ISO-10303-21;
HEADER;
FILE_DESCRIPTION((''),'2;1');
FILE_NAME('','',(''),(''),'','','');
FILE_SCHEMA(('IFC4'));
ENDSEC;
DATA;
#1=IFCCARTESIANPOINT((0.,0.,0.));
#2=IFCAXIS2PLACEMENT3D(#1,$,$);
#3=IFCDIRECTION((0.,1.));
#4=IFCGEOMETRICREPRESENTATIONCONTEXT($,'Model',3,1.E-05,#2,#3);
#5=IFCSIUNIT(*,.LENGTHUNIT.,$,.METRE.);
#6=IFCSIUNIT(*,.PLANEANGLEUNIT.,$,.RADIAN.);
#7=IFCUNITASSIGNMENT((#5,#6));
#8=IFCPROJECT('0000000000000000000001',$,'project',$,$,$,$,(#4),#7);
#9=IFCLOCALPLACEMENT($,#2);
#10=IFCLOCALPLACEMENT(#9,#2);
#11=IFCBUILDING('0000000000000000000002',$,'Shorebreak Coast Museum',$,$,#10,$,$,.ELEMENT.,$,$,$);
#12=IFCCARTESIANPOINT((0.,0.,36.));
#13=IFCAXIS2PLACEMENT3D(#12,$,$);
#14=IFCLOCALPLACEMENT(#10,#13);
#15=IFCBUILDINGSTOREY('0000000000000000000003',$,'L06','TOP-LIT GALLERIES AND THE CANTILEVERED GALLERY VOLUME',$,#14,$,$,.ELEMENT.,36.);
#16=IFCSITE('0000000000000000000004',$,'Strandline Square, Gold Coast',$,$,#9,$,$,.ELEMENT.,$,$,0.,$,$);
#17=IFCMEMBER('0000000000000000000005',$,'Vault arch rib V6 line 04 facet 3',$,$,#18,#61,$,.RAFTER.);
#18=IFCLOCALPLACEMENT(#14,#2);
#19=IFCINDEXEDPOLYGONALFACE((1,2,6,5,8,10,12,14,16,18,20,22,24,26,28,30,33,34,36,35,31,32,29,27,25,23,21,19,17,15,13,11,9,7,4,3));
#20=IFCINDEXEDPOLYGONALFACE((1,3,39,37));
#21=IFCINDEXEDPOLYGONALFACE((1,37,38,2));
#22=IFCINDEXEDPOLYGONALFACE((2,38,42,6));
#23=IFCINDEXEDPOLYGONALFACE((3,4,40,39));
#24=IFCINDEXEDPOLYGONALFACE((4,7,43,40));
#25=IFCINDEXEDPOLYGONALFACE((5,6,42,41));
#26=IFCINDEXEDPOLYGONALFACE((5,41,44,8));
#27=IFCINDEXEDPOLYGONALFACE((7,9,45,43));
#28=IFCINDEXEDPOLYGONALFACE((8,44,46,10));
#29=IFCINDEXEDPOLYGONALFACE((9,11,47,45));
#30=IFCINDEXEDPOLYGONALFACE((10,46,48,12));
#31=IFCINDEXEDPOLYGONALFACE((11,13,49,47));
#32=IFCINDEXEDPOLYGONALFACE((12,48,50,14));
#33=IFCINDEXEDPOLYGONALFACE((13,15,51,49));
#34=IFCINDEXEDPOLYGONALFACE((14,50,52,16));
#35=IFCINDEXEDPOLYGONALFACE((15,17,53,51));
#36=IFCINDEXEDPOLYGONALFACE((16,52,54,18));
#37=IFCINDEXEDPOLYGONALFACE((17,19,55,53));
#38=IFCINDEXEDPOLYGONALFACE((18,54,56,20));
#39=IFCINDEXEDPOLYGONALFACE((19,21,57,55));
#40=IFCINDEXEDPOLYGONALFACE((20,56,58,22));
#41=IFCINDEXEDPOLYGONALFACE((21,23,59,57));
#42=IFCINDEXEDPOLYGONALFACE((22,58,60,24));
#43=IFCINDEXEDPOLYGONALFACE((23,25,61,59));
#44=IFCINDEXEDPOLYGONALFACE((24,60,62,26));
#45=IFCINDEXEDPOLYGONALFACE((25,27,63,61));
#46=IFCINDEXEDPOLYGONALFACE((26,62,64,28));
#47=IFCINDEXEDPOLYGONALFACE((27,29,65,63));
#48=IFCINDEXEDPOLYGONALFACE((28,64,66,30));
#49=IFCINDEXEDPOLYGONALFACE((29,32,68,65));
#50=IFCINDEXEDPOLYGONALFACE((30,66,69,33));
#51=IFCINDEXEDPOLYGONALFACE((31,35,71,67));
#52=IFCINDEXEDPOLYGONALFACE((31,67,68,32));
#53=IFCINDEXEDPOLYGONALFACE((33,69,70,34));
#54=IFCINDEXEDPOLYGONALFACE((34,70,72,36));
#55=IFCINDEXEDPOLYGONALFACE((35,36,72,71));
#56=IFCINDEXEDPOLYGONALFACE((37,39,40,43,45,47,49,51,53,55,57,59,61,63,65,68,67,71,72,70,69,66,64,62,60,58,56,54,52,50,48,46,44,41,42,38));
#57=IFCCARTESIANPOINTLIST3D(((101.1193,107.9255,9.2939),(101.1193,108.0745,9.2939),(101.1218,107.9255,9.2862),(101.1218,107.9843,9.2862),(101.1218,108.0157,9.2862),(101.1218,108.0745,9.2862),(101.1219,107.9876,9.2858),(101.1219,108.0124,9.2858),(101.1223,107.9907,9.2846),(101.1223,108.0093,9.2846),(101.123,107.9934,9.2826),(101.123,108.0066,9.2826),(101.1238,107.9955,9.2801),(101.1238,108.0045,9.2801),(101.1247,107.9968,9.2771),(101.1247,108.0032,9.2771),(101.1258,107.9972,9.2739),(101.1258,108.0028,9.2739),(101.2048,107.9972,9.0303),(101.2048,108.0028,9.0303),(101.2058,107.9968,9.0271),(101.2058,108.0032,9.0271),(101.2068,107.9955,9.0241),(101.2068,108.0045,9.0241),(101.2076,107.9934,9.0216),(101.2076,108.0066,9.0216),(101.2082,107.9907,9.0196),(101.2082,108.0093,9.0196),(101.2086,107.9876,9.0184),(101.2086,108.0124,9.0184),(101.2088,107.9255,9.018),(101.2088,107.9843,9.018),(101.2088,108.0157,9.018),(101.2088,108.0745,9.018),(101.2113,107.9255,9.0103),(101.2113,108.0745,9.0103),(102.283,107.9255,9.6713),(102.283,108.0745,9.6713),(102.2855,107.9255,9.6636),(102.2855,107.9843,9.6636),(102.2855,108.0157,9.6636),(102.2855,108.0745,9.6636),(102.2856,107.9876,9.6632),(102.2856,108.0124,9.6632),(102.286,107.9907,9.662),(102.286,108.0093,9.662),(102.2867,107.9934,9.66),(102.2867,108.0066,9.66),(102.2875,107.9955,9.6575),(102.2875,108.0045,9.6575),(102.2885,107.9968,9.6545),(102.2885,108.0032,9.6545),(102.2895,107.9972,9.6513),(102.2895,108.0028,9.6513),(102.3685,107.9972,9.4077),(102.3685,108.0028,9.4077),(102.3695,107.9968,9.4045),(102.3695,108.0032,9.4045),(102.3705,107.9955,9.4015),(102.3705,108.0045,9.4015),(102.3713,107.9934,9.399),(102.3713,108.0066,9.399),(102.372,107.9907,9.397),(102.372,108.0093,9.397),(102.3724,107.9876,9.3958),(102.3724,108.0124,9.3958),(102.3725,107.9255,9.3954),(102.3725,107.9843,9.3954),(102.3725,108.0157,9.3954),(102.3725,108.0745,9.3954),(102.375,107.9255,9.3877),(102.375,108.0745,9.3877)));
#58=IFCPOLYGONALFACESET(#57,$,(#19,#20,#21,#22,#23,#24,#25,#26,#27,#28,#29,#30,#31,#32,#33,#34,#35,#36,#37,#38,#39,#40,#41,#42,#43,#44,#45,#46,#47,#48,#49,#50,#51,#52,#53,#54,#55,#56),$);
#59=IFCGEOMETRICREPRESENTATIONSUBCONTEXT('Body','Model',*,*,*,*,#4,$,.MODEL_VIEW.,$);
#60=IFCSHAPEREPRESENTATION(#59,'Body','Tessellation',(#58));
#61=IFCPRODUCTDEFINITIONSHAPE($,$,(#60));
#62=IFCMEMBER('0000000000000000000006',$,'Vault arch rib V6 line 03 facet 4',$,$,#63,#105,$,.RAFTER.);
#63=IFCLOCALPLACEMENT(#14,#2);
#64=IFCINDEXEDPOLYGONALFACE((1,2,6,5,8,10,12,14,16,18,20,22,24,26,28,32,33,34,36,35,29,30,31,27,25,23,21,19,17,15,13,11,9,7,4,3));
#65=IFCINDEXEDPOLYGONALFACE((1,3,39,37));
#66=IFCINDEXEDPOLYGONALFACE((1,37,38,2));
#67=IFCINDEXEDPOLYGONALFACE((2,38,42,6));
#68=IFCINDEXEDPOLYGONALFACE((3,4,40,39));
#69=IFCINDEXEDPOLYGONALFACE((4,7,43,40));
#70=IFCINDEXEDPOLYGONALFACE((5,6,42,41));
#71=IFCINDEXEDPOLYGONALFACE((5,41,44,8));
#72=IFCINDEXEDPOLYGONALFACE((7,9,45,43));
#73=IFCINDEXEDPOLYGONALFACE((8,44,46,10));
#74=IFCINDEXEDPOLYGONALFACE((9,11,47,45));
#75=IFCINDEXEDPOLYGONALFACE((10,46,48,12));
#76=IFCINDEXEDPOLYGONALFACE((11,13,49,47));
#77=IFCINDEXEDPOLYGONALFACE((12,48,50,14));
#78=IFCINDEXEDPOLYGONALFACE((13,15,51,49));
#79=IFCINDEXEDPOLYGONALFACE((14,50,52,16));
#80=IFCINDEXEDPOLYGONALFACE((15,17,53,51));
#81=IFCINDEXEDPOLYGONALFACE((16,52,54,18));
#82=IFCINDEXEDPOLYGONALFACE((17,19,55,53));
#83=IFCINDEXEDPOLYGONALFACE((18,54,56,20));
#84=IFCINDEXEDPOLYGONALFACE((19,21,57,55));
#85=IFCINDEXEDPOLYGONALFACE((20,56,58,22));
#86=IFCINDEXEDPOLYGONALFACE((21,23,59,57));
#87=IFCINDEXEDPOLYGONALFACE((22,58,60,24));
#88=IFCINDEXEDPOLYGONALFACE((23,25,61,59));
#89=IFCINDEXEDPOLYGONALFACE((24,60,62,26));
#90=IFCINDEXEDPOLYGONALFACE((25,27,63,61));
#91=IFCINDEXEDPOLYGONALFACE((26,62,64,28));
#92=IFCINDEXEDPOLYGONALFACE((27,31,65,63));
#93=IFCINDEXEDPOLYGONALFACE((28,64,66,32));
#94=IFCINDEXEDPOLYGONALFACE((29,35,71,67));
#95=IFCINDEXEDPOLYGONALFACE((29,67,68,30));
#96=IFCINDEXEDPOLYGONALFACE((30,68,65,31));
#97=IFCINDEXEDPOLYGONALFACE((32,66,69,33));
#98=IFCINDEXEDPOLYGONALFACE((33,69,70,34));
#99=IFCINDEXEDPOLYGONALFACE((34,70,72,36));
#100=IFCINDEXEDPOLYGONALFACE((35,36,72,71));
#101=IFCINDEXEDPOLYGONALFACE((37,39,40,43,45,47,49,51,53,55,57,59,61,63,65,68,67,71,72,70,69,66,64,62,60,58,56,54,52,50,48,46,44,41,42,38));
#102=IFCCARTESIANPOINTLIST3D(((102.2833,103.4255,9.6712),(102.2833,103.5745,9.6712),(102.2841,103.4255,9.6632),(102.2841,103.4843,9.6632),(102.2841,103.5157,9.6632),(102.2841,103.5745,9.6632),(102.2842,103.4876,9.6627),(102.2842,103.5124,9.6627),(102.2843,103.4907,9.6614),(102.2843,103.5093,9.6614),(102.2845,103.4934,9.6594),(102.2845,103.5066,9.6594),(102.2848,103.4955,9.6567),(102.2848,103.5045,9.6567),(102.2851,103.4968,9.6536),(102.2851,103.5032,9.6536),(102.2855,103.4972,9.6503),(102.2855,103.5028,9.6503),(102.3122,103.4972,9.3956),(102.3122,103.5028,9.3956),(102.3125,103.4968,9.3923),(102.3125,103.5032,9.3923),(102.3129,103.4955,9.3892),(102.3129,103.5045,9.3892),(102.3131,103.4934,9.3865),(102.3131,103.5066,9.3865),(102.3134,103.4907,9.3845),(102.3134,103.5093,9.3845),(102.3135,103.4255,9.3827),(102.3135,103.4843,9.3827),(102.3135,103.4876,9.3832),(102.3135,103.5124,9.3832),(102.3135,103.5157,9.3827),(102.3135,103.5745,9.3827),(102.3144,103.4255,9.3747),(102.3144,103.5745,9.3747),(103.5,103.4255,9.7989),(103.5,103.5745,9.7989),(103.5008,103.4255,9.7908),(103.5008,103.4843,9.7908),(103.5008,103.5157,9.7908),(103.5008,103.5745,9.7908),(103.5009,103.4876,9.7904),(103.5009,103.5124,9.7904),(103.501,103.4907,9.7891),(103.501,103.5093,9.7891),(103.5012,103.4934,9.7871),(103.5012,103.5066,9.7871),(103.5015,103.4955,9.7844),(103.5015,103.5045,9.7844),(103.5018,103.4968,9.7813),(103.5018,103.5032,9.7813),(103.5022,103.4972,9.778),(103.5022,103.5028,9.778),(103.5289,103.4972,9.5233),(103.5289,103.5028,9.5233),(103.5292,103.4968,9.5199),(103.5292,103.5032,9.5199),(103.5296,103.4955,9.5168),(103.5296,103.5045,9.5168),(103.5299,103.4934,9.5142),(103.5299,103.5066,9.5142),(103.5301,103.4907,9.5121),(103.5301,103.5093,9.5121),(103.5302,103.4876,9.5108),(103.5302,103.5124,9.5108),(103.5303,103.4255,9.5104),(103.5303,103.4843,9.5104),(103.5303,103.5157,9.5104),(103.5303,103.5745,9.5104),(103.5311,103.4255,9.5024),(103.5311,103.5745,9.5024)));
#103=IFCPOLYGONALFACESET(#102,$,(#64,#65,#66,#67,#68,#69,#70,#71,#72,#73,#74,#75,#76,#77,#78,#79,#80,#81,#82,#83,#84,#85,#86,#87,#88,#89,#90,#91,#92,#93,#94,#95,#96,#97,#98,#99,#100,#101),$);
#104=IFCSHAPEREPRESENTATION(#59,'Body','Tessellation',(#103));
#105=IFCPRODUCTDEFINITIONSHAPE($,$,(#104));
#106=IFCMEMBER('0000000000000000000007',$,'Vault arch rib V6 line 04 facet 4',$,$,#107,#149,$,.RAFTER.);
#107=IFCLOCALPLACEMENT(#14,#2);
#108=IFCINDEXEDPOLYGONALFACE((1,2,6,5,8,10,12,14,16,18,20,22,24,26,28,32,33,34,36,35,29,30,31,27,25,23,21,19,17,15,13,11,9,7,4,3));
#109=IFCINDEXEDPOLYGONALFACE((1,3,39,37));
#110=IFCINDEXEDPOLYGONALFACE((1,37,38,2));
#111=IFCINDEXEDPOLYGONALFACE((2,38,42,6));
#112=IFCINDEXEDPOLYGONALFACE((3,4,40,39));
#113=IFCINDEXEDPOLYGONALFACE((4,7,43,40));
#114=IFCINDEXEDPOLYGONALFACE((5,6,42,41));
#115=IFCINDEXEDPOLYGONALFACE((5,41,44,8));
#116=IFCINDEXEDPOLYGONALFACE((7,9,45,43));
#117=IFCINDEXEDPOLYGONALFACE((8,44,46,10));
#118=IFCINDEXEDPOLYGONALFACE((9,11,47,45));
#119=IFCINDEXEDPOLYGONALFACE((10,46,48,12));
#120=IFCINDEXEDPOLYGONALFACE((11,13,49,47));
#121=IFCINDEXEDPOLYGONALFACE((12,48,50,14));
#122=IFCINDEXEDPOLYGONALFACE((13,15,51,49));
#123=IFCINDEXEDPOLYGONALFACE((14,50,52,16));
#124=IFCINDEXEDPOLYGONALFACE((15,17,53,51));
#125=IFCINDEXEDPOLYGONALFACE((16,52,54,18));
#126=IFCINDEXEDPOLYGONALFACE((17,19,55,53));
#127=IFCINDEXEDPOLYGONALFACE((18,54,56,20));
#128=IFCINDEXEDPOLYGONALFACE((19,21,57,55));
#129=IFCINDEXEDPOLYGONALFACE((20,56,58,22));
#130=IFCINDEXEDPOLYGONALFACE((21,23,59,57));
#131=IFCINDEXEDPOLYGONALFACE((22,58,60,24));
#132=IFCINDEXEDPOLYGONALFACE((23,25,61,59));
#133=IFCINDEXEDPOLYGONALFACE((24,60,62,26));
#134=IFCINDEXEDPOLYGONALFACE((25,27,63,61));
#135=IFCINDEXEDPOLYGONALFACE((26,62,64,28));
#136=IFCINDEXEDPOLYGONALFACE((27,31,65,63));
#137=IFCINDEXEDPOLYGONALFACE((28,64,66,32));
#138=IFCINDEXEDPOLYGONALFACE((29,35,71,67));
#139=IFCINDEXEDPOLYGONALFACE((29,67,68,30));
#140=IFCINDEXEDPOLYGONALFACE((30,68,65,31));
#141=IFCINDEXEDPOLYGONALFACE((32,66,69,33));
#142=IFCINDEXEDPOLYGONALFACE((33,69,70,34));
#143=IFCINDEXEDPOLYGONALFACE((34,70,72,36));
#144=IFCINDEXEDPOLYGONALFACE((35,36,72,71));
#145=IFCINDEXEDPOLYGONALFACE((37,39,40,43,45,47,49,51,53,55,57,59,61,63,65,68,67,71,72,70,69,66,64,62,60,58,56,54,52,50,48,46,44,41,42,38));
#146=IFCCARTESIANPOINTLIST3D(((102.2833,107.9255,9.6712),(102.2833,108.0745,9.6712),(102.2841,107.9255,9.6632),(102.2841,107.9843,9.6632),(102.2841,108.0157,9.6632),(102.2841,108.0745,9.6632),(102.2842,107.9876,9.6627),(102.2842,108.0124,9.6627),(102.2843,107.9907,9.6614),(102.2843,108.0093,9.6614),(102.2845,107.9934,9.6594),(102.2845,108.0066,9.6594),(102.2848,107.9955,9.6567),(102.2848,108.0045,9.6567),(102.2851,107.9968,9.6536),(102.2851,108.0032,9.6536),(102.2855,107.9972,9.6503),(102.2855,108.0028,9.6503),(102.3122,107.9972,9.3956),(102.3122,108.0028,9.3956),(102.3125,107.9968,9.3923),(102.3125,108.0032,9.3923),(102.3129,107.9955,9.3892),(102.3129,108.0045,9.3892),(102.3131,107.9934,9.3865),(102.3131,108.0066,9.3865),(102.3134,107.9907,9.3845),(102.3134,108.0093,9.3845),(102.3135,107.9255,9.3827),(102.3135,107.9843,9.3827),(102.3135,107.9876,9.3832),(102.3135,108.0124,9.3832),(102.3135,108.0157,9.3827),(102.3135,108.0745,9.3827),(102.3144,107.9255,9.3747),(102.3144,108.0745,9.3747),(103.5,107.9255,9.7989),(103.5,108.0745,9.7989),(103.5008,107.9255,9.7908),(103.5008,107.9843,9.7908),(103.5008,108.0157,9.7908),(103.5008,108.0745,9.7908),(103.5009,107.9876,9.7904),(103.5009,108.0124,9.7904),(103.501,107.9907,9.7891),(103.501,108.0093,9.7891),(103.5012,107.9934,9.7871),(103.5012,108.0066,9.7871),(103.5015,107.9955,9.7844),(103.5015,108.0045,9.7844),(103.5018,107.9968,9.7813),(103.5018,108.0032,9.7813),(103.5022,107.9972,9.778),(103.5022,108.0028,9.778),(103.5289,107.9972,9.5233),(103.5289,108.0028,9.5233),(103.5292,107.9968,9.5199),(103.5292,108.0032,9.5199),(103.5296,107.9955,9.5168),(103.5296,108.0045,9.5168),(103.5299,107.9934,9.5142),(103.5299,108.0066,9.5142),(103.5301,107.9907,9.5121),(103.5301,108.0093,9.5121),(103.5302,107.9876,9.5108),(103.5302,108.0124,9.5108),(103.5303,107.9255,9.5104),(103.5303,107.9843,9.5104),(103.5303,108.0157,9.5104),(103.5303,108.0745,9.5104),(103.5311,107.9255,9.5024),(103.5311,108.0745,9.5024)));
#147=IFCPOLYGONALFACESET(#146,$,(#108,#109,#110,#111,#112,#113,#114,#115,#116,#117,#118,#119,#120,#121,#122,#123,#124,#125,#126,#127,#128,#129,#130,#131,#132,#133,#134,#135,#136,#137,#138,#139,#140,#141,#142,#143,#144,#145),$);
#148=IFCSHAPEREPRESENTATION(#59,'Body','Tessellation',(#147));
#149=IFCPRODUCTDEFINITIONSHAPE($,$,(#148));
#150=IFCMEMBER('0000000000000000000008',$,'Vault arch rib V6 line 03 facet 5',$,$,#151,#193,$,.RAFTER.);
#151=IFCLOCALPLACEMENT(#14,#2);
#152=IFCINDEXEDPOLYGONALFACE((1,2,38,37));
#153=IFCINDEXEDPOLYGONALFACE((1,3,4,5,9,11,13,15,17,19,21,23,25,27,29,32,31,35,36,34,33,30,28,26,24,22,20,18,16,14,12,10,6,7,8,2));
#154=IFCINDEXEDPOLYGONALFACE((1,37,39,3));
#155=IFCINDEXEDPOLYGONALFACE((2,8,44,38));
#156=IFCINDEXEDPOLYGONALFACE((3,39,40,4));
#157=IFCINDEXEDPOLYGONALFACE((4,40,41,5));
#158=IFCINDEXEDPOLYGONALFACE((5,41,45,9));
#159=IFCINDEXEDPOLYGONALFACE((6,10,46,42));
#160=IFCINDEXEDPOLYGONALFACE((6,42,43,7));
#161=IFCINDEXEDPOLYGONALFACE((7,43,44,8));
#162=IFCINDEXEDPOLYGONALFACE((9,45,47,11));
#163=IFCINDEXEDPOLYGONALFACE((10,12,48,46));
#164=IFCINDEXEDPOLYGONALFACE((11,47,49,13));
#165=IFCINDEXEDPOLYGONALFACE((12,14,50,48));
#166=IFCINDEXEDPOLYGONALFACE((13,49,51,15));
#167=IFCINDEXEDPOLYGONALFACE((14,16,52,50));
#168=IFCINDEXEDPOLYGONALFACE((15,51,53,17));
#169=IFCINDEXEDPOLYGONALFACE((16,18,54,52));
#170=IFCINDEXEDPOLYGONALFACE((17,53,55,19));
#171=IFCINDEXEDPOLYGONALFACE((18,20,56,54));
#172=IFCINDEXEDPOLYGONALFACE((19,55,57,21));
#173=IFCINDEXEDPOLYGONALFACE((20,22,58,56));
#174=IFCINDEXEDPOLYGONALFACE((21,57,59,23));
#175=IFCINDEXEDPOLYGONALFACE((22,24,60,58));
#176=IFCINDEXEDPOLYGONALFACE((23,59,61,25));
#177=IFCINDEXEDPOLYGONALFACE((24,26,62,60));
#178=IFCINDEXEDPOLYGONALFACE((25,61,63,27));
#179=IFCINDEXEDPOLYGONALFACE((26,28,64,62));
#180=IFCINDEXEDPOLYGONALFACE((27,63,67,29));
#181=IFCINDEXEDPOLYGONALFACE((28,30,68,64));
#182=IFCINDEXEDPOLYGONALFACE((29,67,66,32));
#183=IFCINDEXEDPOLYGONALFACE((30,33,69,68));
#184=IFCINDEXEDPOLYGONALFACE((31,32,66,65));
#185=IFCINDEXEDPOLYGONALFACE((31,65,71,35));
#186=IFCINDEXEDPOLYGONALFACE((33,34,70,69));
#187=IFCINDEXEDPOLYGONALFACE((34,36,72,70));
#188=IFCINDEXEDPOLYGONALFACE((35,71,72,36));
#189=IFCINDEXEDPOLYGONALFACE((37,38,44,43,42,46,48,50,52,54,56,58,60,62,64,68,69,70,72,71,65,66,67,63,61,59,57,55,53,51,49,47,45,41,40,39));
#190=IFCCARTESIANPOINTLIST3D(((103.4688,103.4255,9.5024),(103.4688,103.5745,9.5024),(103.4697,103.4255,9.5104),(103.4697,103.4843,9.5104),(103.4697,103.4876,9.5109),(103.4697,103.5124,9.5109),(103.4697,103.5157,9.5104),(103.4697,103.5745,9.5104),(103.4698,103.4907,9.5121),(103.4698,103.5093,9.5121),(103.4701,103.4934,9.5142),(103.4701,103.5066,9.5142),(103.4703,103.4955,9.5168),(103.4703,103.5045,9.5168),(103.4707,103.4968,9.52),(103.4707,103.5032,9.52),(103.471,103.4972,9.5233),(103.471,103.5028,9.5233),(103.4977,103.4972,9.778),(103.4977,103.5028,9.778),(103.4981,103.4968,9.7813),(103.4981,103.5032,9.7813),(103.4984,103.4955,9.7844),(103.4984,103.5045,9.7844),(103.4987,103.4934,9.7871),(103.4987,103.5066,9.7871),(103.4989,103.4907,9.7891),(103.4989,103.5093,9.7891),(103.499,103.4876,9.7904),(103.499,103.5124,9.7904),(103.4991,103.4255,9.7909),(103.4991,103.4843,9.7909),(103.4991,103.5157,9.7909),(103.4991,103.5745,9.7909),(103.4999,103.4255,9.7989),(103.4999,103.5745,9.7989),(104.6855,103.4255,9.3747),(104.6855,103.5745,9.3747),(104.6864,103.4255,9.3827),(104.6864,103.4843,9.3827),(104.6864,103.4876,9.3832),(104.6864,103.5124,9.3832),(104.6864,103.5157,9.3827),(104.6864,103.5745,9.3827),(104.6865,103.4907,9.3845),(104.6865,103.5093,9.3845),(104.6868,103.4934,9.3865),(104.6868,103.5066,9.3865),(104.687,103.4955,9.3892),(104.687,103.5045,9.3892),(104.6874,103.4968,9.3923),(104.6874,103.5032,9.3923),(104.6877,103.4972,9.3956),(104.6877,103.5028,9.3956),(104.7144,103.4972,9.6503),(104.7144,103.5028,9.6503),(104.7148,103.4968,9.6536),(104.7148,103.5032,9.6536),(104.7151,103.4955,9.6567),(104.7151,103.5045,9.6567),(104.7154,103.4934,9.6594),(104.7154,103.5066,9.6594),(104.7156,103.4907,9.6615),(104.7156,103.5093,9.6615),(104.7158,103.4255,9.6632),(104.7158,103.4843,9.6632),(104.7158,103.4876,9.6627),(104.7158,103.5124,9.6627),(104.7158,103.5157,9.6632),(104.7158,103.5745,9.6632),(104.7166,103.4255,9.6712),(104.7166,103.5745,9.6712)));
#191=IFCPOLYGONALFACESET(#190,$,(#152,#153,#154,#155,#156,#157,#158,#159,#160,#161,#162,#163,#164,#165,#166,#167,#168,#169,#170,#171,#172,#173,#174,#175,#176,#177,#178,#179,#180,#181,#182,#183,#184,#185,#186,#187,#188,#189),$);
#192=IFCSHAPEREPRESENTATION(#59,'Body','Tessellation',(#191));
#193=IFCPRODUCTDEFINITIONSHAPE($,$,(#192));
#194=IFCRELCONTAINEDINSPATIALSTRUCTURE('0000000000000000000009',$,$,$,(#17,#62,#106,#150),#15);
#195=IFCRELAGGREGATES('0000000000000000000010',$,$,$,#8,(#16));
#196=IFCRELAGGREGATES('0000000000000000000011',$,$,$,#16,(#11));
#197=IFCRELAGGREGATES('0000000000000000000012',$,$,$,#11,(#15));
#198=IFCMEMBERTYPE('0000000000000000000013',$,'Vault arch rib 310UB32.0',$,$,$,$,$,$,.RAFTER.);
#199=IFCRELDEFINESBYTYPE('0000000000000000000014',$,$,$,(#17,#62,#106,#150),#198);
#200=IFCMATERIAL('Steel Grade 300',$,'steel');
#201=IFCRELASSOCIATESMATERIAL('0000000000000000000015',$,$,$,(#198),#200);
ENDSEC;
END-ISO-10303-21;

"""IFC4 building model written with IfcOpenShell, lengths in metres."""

from ifc_helpers import new_model, si_unit, direction, frame, origin, origin_2d, place, context, subcontext, project, spatial, i_section, extrude, material, material_profile, profile_set, type_object, element, save


model = new_model("IFC4")

# Units and contexts
model_context = context("Model", 3, precision=1e-05, world=origin(), true_north=direction((0.0, 1.0)))
body_context = subcontext(model_context, "Body", "Model", "MODEL_VIEW")
ifc_project = project(units=[si_unit("LENGTHUNIT", "METRE"), si_unit("PLANEANGLEUNIT", "RADIAN")], contexts=[model_context])

# Site, building, storey
site_placement = place(None, origin())
site = spatial("IfcSite", under=ifc_project, at=site_placement, Name="Strandline Square, Gold Coast", CompositionType="ELEMENT", RefElevation=0.0)
building_placement = place(site_placement, origin())
building = spatial("IfcBuilding", under=site, at=building_placement, Name="Shorebreak Coast Museum", CompositionType="ELEMENT")
storey_placement = place(building_placement, frame((0.0, 0.0, 36.0)))
storey = spatial("IfcBuildingStorey", under=building, at=storey_placement, Name="L06", Description="TOP-LIT GALLERIES AND THE CANTILEVERED GALLERY VOLUME", CompositionType="ELEMENT", Elevation=36.0)

# Members
ifc_material_1 = material(Name="Steel Grade 300", Category="steel")
ifc_material_profile_1 = material_profile(ifc_material_1, i_section(OverallWidth=0.1489, OverallDepth=0.2981, WebThickness=0.0056, FlangeThickness=0.0081, FilletRadius=0.0129, at=origin_2d()), Name="310UB32.0")
ifc_profile_set_1 = profile_set([ifc_material_profile_1], Name="Steel Grade 300")
member_type_1 = type_object("IfcMemberType", Name="Vault arch rib 310UB32.0", PredefinedType="RAFTER", material=ifc_profile_set_1)
for number, where, z_axis, x_axis, name in (
    (1, (101.1653, 108.0, 9.1521), (0.951226, 0.0, 0.308495), (0.0, 1.0, 0.0), "Vault arch rib V6 line 04 facet 3"),
    (2, (102.2988, 103.5, 9.5229), (0.994539, 0.0, 0.104363), (0.0, 1.0, 0.0), "Vault arch rib V6 line 03 facet 4"),
    (3, (102.2988, 108.0, 9.5229), (0.994539, 0.0, 0.104363), (0.0, 1.0, 0.0), "Vault arch rib V6 line 04 facet 4"),
    (4, (103.4844, 103.5, 9.6506), (0.994539, 0.0, -0.104363), (0.0, 1.0, 0.0), "Vault arch rib V6 line 03 facet 5"),
):
    element("IfcMember", number, at=place(storey_placement, frame(where, z_axis=z_axis, x_axis=x_axis)), inside=storey, type_object=member_type_1, Name=name, PredefinedType="RAFTER", context=body_context, shape_type="SweptSolid", body=[
        extrude(i_section(OverallWidth=0.1489, OverallDepth=0.2981, WebThickness=0.0056, FlangeThickness=0.0081, FilletRadius=0.0129, at=origin_2d()), origin(), (0.0, 0.0, 1.0), 1.2234),
    ])

save(model, "model.ifc")
